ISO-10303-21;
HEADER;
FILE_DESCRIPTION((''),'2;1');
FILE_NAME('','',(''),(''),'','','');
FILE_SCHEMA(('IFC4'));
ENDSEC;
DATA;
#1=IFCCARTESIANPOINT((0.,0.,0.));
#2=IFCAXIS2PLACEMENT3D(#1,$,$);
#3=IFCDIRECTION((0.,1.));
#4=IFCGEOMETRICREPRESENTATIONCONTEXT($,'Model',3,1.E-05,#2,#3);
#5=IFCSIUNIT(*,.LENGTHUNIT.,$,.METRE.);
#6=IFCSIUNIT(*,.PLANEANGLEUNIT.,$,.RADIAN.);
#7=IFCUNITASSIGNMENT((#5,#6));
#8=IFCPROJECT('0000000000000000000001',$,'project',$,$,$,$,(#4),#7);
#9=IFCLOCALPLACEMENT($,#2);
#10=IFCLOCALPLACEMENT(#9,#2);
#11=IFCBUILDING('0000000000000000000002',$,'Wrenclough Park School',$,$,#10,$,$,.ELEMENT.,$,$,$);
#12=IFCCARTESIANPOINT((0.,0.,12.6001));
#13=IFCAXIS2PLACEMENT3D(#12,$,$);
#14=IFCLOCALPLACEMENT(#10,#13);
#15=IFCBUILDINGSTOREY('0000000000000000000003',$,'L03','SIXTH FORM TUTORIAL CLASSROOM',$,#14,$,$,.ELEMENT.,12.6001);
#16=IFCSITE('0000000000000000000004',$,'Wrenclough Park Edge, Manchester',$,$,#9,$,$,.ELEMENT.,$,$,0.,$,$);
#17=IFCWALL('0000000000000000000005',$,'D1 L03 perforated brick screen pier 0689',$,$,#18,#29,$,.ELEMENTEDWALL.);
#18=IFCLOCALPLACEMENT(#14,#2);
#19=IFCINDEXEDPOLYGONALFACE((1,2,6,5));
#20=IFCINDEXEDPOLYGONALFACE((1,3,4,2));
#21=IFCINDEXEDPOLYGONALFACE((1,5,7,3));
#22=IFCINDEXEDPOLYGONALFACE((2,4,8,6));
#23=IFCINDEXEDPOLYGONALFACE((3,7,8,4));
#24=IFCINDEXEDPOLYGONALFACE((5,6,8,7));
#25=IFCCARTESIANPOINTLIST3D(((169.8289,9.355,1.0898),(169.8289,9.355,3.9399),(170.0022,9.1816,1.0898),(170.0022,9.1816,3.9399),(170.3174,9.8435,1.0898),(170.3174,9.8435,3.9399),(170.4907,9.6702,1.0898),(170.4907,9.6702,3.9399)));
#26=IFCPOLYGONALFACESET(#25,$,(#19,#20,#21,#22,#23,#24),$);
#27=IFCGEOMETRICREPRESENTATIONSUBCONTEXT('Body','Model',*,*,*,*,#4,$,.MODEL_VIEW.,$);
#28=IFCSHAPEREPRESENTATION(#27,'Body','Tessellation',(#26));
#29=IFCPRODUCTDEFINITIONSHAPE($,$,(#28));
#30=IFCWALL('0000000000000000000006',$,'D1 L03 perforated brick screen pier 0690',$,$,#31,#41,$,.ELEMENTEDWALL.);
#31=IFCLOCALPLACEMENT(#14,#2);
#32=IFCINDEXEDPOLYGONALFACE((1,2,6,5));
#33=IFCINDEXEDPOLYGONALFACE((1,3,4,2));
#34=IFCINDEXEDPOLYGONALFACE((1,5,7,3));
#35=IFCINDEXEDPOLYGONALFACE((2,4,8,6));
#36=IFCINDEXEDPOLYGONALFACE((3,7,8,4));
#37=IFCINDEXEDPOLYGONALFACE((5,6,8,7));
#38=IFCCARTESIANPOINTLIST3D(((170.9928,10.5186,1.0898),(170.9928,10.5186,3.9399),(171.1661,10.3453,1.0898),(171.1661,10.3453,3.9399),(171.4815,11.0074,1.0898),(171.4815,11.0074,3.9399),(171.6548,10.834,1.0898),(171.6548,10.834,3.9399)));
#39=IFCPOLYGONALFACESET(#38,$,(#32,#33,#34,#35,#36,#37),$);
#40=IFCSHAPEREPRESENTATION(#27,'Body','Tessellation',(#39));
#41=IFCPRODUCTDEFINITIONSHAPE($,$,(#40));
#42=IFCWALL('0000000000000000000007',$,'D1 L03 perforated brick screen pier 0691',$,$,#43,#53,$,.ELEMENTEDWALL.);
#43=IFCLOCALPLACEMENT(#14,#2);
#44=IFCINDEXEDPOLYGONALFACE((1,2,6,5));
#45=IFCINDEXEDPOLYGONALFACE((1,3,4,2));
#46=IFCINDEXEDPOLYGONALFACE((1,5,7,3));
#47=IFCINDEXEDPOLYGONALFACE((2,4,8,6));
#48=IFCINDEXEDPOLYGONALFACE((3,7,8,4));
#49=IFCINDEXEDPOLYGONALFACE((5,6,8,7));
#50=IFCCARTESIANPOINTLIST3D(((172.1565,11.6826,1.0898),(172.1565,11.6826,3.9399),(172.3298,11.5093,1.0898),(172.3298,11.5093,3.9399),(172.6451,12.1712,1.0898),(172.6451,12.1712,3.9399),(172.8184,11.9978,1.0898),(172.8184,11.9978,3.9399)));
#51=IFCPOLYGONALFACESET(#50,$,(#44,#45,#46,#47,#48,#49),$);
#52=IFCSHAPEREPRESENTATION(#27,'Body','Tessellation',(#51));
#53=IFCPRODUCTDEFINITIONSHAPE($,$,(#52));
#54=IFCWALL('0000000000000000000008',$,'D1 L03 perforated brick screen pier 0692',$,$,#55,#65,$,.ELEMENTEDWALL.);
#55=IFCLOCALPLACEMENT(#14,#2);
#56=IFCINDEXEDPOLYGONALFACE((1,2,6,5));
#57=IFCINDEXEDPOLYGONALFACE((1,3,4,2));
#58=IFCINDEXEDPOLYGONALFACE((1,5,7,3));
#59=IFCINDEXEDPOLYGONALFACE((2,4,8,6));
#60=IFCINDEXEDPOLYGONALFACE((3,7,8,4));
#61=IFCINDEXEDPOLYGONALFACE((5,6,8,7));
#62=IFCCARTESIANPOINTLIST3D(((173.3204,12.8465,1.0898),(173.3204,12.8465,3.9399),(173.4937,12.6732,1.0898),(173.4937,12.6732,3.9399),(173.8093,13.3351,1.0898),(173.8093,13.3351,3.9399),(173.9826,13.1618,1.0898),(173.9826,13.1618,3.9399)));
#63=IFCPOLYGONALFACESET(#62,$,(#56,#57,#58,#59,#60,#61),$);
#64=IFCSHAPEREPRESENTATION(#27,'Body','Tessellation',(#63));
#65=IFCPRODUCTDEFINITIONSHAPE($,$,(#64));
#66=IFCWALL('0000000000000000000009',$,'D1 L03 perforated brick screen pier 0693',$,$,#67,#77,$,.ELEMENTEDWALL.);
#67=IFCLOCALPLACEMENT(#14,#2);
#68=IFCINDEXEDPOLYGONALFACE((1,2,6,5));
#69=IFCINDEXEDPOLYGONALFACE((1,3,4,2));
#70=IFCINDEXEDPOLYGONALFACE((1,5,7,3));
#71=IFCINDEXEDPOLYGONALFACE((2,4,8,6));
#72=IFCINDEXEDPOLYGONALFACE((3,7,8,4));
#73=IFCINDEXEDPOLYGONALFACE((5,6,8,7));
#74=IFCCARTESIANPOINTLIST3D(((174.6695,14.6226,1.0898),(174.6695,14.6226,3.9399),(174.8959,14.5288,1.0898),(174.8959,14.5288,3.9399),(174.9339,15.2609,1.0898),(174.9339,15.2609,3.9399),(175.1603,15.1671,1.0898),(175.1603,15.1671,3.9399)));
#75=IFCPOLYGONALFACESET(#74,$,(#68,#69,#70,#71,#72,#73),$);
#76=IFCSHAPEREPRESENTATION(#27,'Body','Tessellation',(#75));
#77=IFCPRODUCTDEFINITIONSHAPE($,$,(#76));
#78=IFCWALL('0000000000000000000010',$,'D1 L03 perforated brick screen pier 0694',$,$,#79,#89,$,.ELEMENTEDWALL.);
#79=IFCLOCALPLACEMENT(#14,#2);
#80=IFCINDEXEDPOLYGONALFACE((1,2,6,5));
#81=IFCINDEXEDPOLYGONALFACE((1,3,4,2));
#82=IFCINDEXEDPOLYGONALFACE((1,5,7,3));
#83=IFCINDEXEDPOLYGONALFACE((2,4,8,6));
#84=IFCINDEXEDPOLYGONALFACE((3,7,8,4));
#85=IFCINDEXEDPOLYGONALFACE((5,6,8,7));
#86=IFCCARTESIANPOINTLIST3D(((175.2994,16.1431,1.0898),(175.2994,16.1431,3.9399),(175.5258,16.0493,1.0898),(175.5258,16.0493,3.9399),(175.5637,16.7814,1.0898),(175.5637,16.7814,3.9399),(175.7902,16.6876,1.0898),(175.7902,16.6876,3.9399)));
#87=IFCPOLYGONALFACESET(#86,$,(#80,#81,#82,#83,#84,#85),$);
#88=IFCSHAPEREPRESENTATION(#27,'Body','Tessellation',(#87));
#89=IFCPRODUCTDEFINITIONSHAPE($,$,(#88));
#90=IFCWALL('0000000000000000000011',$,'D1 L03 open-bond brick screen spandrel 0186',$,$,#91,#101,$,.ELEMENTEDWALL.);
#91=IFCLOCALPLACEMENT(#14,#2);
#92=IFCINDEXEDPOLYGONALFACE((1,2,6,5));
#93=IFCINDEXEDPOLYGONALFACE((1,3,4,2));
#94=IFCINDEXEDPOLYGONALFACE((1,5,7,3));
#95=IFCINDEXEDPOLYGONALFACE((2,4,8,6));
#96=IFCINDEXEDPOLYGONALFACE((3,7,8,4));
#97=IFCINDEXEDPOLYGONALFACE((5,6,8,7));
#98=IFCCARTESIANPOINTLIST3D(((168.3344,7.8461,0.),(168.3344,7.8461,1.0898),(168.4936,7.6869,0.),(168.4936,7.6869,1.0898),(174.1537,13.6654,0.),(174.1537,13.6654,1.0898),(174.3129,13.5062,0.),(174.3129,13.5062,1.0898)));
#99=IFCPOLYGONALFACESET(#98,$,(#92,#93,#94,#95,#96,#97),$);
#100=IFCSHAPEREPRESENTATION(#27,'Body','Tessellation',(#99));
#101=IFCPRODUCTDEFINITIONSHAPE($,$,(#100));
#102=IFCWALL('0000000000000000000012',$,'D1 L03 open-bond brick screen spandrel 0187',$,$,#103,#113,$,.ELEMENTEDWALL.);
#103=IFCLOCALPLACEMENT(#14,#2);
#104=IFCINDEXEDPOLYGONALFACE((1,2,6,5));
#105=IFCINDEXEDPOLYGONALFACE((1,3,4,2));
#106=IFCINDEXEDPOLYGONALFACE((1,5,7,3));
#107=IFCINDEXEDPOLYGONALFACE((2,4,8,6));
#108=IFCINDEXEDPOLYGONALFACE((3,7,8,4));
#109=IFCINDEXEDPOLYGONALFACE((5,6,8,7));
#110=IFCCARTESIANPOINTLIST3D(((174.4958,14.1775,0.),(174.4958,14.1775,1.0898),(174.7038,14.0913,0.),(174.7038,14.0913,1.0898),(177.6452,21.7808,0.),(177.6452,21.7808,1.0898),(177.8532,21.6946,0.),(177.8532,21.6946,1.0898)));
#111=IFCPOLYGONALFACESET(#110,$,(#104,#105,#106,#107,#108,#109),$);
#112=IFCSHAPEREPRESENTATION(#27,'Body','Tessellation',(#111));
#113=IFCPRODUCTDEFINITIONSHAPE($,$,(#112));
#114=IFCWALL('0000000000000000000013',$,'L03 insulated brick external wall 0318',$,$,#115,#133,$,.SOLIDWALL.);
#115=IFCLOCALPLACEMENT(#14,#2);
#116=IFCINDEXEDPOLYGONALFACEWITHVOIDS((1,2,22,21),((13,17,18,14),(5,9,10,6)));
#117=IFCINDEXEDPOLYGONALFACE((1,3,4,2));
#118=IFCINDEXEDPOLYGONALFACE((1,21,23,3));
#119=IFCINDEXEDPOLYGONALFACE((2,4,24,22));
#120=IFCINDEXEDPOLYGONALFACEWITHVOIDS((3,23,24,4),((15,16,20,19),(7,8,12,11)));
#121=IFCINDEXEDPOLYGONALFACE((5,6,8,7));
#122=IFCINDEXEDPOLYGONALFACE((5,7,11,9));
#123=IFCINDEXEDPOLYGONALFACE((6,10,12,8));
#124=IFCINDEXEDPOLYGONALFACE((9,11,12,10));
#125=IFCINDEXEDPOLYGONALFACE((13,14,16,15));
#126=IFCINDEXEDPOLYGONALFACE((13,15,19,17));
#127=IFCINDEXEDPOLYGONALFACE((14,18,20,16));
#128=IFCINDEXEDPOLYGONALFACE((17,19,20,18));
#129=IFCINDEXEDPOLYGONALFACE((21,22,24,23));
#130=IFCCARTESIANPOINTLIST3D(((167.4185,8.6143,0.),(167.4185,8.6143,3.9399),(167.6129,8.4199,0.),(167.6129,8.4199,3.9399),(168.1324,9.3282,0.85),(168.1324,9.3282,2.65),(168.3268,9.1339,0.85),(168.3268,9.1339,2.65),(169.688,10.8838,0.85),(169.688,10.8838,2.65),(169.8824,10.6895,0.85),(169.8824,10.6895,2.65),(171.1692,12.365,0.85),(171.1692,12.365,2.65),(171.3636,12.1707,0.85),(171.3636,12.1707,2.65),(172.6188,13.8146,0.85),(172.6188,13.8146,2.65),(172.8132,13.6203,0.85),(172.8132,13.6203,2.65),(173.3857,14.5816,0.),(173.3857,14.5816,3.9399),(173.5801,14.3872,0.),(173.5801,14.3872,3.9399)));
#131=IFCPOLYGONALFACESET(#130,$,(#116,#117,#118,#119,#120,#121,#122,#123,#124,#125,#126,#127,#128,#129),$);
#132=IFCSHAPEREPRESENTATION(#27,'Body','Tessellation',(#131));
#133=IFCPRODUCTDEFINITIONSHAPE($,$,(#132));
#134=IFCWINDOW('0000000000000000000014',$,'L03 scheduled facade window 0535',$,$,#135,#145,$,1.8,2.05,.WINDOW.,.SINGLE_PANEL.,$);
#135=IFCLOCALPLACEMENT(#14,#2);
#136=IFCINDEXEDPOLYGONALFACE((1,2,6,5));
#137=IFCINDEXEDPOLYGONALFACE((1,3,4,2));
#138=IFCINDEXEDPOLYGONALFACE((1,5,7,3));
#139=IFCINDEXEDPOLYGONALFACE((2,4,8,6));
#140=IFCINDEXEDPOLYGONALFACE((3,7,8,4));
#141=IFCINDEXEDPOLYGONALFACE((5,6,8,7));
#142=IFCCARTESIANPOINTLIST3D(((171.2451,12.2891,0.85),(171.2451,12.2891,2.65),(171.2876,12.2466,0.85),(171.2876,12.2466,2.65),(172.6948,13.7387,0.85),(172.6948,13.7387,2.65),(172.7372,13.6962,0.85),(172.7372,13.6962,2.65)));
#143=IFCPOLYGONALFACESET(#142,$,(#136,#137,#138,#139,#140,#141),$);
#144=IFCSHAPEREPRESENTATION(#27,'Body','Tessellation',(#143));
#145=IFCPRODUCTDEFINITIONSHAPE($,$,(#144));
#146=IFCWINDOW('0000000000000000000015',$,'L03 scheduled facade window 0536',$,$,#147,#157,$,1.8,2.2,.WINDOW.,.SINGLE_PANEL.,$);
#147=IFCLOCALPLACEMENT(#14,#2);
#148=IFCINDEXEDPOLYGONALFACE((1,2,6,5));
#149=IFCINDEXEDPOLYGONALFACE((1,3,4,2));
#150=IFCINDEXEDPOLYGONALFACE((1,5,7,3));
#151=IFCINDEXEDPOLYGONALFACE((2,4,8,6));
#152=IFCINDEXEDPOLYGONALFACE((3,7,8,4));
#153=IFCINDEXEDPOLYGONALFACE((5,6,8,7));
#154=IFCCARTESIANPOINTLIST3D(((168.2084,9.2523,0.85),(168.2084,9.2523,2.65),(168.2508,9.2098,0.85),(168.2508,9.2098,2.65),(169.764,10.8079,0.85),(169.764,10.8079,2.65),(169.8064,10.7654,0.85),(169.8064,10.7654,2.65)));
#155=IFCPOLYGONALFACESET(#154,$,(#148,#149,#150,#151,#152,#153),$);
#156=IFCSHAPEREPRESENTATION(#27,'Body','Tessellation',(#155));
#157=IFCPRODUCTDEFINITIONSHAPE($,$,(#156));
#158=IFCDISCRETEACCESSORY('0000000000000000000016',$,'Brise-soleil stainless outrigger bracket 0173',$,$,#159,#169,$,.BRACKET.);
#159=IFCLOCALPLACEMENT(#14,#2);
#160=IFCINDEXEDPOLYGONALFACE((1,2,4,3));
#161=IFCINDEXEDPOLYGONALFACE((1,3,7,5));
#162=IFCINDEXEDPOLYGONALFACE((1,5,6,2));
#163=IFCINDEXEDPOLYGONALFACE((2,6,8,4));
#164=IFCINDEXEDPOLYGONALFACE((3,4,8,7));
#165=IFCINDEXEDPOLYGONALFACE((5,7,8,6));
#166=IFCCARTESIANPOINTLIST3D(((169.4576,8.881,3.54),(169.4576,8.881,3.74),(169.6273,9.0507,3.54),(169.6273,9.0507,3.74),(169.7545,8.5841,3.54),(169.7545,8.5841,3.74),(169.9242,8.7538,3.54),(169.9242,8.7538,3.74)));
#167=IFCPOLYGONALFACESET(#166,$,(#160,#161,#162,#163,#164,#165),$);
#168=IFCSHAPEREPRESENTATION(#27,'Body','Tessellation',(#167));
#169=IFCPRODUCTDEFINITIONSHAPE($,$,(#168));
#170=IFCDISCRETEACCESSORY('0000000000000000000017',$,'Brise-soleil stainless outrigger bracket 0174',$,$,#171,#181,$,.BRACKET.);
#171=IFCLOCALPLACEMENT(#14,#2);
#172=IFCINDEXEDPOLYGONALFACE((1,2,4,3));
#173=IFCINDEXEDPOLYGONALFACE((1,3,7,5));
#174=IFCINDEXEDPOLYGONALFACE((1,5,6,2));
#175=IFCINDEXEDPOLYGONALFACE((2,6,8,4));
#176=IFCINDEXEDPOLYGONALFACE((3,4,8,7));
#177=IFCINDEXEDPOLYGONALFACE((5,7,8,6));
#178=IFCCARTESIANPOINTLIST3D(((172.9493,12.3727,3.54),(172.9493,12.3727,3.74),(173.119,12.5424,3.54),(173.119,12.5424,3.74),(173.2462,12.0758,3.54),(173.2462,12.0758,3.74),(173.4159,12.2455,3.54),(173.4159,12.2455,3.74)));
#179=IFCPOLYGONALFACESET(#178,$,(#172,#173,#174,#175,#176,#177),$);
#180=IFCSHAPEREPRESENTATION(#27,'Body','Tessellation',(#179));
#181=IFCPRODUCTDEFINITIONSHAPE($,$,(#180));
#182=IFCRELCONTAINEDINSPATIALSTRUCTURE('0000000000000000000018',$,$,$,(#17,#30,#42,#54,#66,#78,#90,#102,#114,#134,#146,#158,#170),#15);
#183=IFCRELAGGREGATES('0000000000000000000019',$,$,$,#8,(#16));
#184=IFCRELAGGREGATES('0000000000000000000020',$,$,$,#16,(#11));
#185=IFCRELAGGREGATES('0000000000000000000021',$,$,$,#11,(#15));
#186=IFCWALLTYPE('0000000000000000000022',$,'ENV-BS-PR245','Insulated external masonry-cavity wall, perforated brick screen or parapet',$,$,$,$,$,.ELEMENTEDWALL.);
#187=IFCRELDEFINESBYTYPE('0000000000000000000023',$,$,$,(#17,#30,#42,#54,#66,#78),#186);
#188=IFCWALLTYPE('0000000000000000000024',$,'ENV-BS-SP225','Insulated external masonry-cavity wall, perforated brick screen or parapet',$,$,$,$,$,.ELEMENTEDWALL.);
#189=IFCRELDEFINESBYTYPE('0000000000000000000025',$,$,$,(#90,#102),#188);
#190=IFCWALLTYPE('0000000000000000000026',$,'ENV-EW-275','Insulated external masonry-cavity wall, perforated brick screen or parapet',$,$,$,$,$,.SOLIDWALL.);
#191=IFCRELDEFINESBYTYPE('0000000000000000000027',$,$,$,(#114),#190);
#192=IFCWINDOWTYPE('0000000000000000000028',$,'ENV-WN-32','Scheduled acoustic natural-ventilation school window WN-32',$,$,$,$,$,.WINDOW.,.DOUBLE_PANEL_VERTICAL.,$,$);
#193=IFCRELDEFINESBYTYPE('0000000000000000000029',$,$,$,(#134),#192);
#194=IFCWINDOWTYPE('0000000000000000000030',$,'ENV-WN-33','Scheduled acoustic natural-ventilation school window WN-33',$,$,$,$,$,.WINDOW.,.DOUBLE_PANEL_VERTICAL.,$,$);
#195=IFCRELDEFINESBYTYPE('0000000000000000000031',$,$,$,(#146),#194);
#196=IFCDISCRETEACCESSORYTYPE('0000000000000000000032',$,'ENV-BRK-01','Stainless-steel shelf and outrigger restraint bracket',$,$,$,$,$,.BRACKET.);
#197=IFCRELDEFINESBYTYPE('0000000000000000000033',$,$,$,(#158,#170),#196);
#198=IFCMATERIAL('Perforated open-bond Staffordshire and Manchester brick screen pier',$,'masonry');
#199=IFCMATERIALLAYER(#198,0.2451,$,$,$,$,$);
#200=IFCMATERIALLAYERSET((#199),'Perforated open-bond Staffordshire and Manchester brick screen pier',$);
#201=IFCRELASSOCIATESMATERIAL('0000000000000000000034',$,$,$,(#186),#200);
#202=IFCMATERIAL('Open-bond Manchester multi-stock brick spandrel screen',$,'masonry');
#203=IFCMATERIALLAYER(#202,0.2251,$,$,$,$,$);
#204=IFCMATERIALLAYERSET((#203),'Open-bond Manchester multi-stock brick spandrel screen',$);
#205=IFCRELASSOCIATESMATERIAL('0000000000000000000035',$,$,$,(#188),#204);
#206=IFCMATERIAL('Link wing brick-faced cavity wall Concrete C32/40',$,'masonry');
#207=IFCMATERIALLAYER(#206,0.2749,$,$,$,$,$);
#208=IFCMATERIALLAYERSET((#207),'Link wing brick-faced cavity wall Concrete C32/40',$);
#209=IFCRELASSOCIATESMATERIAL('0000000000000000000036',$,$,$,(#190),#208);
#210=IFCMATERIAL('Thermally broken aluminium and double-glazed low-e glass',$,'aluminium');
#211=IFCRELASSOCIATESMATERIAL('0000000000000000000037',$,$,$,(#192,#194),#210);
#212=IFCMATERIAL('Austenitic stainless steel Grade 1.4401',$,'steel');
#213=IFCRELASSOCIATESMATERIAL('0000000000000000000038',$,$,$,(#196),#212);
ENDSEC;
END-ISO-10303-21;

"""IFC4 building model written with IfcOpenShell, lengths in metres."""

from ifc_helpers import new_model, si_unit, direction, frame, frame_2d, origin, origin_2d, place, context, subcontext, project, spatial, rectangle, extrude, material, layer, layer_set, type_object, element, fill, save


model = new_model("IFC4")

# Units and contexts
model_context = context("Model", 3, precision=1e-05, world=origin(), true_north=direction((0.0, 1.0)))
body_context = subcontext(model_context, "Body", "Model", "MODEL_VIEW")
ifc_project = project(units=[si_unit("LENGTHUNIT", "METRE"), si_unit("PLANEANGLEUNIT", "RADIAN")], contexts=[model_context])

# Site, building, storey
site_placement = place(None, origin())
site = spatial("IfcSite", under=ifc_project, at=site_placement, Name="Wrenclough Park Edge, Manchester", CompositionType="ELEMENT", RefElevation=0.0)
building_placement = place(site_placement, origin())
building = spatial("IfcBuilding", under=site, at=building_placement, Name="Wrenclough Park School", CompositionType="ELEMENT")
storey_placement = place(building_placement, frame((0.0, 0.0, 12.6001)))
storey = spatial("IfcBuildingStorey", under=building, at=storey_placement, Name="L03", Description="SIXTH FORM TUTORIAL CLASSROOM", CompositionType="ELEMENT", Elevation=12.6001)

# Walls
ifc_material_1 = material(Name="Perforated open-bond Staffordshire and Manchester brick screen pier", Category="masonry")
ifc_layer_1 = layer(ifc_material_1, 0.2451)
ifc_layer_set_1 = layer_set([ifc_layer_1], Name="Perforated open-bond Staffordshire and Manchester brick screen pier")
wall_type_1 = type_object("IfcWallType", Name="ENV-BS-PR245", Description="Insulated external masonry-cavity wall, perforated brick screen or parapet", PredefinedType="ELEMENTEDWALL", material=ifc_layer_set_1)
wall_1_placement = place(storey_placement, frame((169.9155, 9.2683, 1.0898), z_axis=(0.0, 0.0, 1.0), x_axis=(0.707107, 0.707107, 0.0)))
element("IfcWall", 1, at=wall_1_placement, inside=storey, type_object=wall_type_1, Name="D1 L03 perforated brick screen pier 0689", PredefinedType="ELEMENTEDWALL", context=body_context, shape_type="SweptSolid", body=[
    extrude(rectangle(XDim=0.6909, YDim=0.2451, at=frame_2d((0.3455, 0.0))), origin(), (0.0, 0.0, 1.0), 2.8501),
])
wall_2_placement = place(storey_placement, frame((171.0793, 10.4319, 1.0898), z_axis=(0.0, 0.0, 1.0), x_axis=(0.707107, 0.707107, 0.0)))
element("IfcWall", 2, at=wall_2_placement, inside=storey, type_object=wall_type_1, Name="D1 L03 perforated brick screen pier 0690", PredefinedType="ELEMENTEDWALL", context=body_context, shape_type="SweptSolid", body=[
    extrude(rectangle(XDim=0.6912, YDim=0.2451, at=frame_2d((0.3457, 0.0))), origin(), (0.0, 0.0, 1.0), 2.8501),
])
wall_3_placement = place(storey_placement, frame((172.2432, 11.5959, 1.0898), z_axis=(0.0, 0.0, 1.0), x_axis=(0.707107, 0.707107, 0.0)))
element("IfcWall", 3, at=wall_3_placement, inside=storey, type_object=wall_type_1, Name="D1 L03 perforated brick screen pier 0691", PredefinedType="ELEMENTEDWALL", context=body_context, shape_type="SweptSolid", body=[
    extrude(rectangle(XDim=0.6909, YDim=0.2451, at=frame_2d((0.3455, 0.0))), origin(), (0.0, 0.0, 1.0), 2.8501),
])
wall_4_placement = place(storey_placement, frame((173.407, 12.7598, 1.0898), z_axis=(0.0, 0.0, 1.0), x_axis=(0.707283, 0.70693, 0.0)))
element("IfcWall", 4, at=wall_4_placement, inside=storey, type_object=wall_type_1, Name="D1 L03 perforated brick screen pier 0692", PredefinedType="ELEMENTEDWALL", context=body_context, shape_type="SweptSolid", body=[
    extrude(rectangle(XDim=0.6912, YDim=0.2451, at=frame_2d((0.3457, 0.0))), origin(), (0.0, 0.0, 1.0), 2.8501),
])
for number, where, z_axis, x_axis, name in (
    (5, (174.7827, 14.5757, 1.0898), (0.0, 0.0, 1.0), (0.382633, 0.923901, 0.0), "D1 L03 perforated brick screen pier 0693"),
    (6, (175.4126, 16.0962, 1.0898), (0.0, 0.0, 1.0), (0.382633, 0.923901, 0.0), "D1 L03 perforated brick screen pier 0694"),
):
    element("IfcWall", number, at=place(storey_placement, frame(where, z_axis=z_axis, x_axis=x_axis)), inside=storey, type_object=wall_type_1, Name=name, PredefinedType="ELEMENTEDWALL", context=body_context, shape_type="SweptSolid", body=[
        extrude(rectangle(XDim=0.6909, YDim=0.2451, at=frame_2d((0.3455, 0.0))), origin(), (0.0, 0.0, 1.0), 2.8501),
    ])
ifc_material_2 = material(Name="Open-bond Manchester multi-stock brick spandrel screen", Category="masonry")
ifc_layer_2 = layer(ifc_material_2, 0.2251)
ifc_layer_set_2 = layer_set([ifc_layer_2], Name="Open-bond Manchester multi-stock brick spandrel screen")
wall_type_2 = type_object("IfcWallType", Name="ENV-BS-SP225", Description="Insulated external masonry-cavity wall, perforated brick screen or parapet", PredefinedType="ELEMENTEDWALL", material=ifc_layer_set_2)
for number, where, z_axis, x_axis, name in (
    (7, (168.4141, 7.7666, 0.0), (0.0, 0.0, 1.0), (0.707107, 0.707107, 0.0), "D1 L03 open-bond brick screen spandrel 0186"),
    (8, (174.5999, 14.1345, 0.0), (0.0, 0.0, 1.0), (0.382687, 0.923878, 0.0), "D1 L03 open-bond brick screen spandrel 0187"),
):
    element("IfcWall", number, at=place(storey_placement, frame(where, z_axis=z_axis, x_axis=x_axis)), inside=storey, type_object=wall_type_2, Name=name, PredefinedType="ELEMENTEDWALL", context=body_context, shape_type="SweptSolid", body=[
        extrude(rectangle(XDim=8.2297, YDim=0.2251, at=frame_2d((4.1147, 0.0))), origin(), (0.0, 0.0, 1.0), 1.0898),
    ])

# Wall, openings, windows
ifc_material_3 = material(Name="Link wing brick-faced cavity wall Concrete C32/40", Category="masonry")
ifc_layer_3 = layer(ifc_material_3, 0.2749)
ifc_layer_set_3 = layer_set([ifc_layer_3], Name="Link wing brick-faced cavity wall Concrete C32/40")
wall_type_3 = type_object("IfcWallType", Name="ENV-EW-275", Description="Insulated external masonry-cavity wall, perforated brick screen or parapet", PredefinedType="SOLIDWALL", material=ifc_layer_set_3)
wall_5_placement = place(storey_placement, frame((173.4829, 14.4844, 0.0), z_axis=(0.0, 0.0, 1.0), x_axis=(-0.707107, -0.707107, 0.0)))
wall_5 = element("IfcWall", 9, at=wall_5_placement, inside=storey, type_object=wall_type_3, Name="L03 insulated brick external wall 0318", PredefinedType="SOLIDWALL", context=body_context, shape_type="SweptSolid", body=[
    extrude(rectangle(XDim=8.439, YDim=0.2749, at=frame_2d((4.2195, 0.0))), origin(), (0.0, 0.0, 1.0), 3.9399),
])
opening_1_placement = place(wall_5_placement, frame((1.0847, 0.0, 0.8501)))
opening_1 = element("IfcOpeningElement", 10, at=opening_1_placement, cuts=wall_5, PredefinedType="OPENING", context=body_context, shape_type="SweptSolid", body=[
    extrude(rectangle(XDim=2.05, YDim=1.8, at=frame_2d((1.0249, 0.8999))), frame((0.0, 0.1475, 0.0), z_axis=(0.0, -1.0, 0.0), x_axis=(1.0, 0.0, 0.0)), (0.0, 0.0, 1.0), 0.2949),
])
opening_2_placement = place(wall_5_placement, frame((5.2292, 0.0, 0.8501)))
opening_2 = element("IfcOpeningElement", 11, at=opening_2_placement, cuts=wall_5, PredefinedType="OPENING", context=body_context, shape_type="SweptSolid", body=[
    extrude(rectangle(XDim=2.2, YDim=1.8, at=frame_2d((1.1001, 0.8999))), frame((0.0, 0.1475, 0.0), z_axis=(0.0, -1.0, 0.0), x_axis=(1.0, 0.0, 0.0)), (0.0, 0.0, 1.0), 0.2949),
])
ifc_material_4 = material(Name="Thermally broken aluminium and double-glazed low-e glass", Category="aluminium")
window_type_1 = type_object("IfcWindowType", Name="ENV-WN-32", Description="Scheduled acoustic natural-ventilation school window WN-32", PartitioningType="DOUBLE_PANEL_VERTICAL", PredefinedType="WINDOW", material=ifc_material_4)
window_1_placement = place(opening_1_placement, origin())
window_1 = element("IfcWindow", 12, at=window_1_placement, inside=storey, type_object=window_type_1, Name="L03 scheduled facade window 0535", OverallHeight=1.8, OverallWidth=2.05, PartitioningType="SINGLE_PANEL", PredefinedType="WINDOW", context=body_context, shape_type="SweptSolid", body=[
    extrude(rectangle(XDim=2.05, YDim=1.8, at=frame_2d((1.0249, 0.8999))), frame((0.0, 0.03, 0.0), z_axis=(0.0, -1.0, 0.0), x_axis=(1.0, 0.0, 0.0)), (0.0, 0.0, 1.0), 0.0601),
])
fill(opening_1, window_1)
window_type_2 = type_object("IfcWindowType", Name="ENV-WN-33", Description="Scheduled acoustic natural-ventilation school window WN-33", PartitioningType="DOUBLE_PANEL_VERTICAL", PredefinedType="WINDOW", material=ifc_material_4)
window_2_placement = place(opening_2_placement, origin())
window_2 = element("IfcWindow", 13, at=window_2_placement, inside=storey, type_object=window_type_2, Name="L03 scheduled facade window 0536", OverallHeight=1.8, OverallWidth=2.2, PartitioningType="SINGLE_PANEL", PredefinedType="WINDOW", context=body_context, shape_type="SweptSolid", body=[
    extrude(rectangle(XDim=2.2, YDim=1.8, at=frame_2d((1.1001, 0.8999))), frame((0.0, 0.03, 0.0), z_axis=(0.0, -1.0, 0.0), x_axis=(1.0, 0.0, 0.0)), (0.0, 0.0, 1.0), 0.0601),
])
fill(opening_2, window_2)

# Discrete accessories
ifc_material_5 = material(Name="Austenitic stainless steel Grade 1.4401", Category="steel")
discrete_accessory_type_1 = type_object("IfcDiscreteAccessoryType", Name="ENV-BRK-01", Description="Stainless-steel shelf and outrigger restraint bracket", PredefinedType="BRACKET", material=ifc_material_5)
for number, where, z_axis, x_axis, name in (
    (14, (169.6909, 8.8174, 3.54), (0.0, 0.0, 1.0), (0.707107, 0.707107, 0.0), "Brise-soleil stainless outrigger bracket 0173"),
    (15, (173.1826, 12.3091, 3.54), (0.0, 0.0, 1.0), (0.707107, 0.707107, 0.0), "Brise-soleil stainless outrigger bracket 0174"),
):
    element("IfcDiscreteAccessory", number, at=place(storey_placement, frame(where, z_axis=z_axis, x_axis=x_axis)), inside=storey, type_object=discrete_accessory_type_1, Name=name, PredefinedType="BRACKET", context=body_context, shape_type="SweptSolid", body=[
        extrude(rectangle(XDim=0.24, YDim=0.4199, at=origin_2d()), origin(), (0.0, 0.0, 1.0), 0.2),
    ])

save(model, "model.ifc")
